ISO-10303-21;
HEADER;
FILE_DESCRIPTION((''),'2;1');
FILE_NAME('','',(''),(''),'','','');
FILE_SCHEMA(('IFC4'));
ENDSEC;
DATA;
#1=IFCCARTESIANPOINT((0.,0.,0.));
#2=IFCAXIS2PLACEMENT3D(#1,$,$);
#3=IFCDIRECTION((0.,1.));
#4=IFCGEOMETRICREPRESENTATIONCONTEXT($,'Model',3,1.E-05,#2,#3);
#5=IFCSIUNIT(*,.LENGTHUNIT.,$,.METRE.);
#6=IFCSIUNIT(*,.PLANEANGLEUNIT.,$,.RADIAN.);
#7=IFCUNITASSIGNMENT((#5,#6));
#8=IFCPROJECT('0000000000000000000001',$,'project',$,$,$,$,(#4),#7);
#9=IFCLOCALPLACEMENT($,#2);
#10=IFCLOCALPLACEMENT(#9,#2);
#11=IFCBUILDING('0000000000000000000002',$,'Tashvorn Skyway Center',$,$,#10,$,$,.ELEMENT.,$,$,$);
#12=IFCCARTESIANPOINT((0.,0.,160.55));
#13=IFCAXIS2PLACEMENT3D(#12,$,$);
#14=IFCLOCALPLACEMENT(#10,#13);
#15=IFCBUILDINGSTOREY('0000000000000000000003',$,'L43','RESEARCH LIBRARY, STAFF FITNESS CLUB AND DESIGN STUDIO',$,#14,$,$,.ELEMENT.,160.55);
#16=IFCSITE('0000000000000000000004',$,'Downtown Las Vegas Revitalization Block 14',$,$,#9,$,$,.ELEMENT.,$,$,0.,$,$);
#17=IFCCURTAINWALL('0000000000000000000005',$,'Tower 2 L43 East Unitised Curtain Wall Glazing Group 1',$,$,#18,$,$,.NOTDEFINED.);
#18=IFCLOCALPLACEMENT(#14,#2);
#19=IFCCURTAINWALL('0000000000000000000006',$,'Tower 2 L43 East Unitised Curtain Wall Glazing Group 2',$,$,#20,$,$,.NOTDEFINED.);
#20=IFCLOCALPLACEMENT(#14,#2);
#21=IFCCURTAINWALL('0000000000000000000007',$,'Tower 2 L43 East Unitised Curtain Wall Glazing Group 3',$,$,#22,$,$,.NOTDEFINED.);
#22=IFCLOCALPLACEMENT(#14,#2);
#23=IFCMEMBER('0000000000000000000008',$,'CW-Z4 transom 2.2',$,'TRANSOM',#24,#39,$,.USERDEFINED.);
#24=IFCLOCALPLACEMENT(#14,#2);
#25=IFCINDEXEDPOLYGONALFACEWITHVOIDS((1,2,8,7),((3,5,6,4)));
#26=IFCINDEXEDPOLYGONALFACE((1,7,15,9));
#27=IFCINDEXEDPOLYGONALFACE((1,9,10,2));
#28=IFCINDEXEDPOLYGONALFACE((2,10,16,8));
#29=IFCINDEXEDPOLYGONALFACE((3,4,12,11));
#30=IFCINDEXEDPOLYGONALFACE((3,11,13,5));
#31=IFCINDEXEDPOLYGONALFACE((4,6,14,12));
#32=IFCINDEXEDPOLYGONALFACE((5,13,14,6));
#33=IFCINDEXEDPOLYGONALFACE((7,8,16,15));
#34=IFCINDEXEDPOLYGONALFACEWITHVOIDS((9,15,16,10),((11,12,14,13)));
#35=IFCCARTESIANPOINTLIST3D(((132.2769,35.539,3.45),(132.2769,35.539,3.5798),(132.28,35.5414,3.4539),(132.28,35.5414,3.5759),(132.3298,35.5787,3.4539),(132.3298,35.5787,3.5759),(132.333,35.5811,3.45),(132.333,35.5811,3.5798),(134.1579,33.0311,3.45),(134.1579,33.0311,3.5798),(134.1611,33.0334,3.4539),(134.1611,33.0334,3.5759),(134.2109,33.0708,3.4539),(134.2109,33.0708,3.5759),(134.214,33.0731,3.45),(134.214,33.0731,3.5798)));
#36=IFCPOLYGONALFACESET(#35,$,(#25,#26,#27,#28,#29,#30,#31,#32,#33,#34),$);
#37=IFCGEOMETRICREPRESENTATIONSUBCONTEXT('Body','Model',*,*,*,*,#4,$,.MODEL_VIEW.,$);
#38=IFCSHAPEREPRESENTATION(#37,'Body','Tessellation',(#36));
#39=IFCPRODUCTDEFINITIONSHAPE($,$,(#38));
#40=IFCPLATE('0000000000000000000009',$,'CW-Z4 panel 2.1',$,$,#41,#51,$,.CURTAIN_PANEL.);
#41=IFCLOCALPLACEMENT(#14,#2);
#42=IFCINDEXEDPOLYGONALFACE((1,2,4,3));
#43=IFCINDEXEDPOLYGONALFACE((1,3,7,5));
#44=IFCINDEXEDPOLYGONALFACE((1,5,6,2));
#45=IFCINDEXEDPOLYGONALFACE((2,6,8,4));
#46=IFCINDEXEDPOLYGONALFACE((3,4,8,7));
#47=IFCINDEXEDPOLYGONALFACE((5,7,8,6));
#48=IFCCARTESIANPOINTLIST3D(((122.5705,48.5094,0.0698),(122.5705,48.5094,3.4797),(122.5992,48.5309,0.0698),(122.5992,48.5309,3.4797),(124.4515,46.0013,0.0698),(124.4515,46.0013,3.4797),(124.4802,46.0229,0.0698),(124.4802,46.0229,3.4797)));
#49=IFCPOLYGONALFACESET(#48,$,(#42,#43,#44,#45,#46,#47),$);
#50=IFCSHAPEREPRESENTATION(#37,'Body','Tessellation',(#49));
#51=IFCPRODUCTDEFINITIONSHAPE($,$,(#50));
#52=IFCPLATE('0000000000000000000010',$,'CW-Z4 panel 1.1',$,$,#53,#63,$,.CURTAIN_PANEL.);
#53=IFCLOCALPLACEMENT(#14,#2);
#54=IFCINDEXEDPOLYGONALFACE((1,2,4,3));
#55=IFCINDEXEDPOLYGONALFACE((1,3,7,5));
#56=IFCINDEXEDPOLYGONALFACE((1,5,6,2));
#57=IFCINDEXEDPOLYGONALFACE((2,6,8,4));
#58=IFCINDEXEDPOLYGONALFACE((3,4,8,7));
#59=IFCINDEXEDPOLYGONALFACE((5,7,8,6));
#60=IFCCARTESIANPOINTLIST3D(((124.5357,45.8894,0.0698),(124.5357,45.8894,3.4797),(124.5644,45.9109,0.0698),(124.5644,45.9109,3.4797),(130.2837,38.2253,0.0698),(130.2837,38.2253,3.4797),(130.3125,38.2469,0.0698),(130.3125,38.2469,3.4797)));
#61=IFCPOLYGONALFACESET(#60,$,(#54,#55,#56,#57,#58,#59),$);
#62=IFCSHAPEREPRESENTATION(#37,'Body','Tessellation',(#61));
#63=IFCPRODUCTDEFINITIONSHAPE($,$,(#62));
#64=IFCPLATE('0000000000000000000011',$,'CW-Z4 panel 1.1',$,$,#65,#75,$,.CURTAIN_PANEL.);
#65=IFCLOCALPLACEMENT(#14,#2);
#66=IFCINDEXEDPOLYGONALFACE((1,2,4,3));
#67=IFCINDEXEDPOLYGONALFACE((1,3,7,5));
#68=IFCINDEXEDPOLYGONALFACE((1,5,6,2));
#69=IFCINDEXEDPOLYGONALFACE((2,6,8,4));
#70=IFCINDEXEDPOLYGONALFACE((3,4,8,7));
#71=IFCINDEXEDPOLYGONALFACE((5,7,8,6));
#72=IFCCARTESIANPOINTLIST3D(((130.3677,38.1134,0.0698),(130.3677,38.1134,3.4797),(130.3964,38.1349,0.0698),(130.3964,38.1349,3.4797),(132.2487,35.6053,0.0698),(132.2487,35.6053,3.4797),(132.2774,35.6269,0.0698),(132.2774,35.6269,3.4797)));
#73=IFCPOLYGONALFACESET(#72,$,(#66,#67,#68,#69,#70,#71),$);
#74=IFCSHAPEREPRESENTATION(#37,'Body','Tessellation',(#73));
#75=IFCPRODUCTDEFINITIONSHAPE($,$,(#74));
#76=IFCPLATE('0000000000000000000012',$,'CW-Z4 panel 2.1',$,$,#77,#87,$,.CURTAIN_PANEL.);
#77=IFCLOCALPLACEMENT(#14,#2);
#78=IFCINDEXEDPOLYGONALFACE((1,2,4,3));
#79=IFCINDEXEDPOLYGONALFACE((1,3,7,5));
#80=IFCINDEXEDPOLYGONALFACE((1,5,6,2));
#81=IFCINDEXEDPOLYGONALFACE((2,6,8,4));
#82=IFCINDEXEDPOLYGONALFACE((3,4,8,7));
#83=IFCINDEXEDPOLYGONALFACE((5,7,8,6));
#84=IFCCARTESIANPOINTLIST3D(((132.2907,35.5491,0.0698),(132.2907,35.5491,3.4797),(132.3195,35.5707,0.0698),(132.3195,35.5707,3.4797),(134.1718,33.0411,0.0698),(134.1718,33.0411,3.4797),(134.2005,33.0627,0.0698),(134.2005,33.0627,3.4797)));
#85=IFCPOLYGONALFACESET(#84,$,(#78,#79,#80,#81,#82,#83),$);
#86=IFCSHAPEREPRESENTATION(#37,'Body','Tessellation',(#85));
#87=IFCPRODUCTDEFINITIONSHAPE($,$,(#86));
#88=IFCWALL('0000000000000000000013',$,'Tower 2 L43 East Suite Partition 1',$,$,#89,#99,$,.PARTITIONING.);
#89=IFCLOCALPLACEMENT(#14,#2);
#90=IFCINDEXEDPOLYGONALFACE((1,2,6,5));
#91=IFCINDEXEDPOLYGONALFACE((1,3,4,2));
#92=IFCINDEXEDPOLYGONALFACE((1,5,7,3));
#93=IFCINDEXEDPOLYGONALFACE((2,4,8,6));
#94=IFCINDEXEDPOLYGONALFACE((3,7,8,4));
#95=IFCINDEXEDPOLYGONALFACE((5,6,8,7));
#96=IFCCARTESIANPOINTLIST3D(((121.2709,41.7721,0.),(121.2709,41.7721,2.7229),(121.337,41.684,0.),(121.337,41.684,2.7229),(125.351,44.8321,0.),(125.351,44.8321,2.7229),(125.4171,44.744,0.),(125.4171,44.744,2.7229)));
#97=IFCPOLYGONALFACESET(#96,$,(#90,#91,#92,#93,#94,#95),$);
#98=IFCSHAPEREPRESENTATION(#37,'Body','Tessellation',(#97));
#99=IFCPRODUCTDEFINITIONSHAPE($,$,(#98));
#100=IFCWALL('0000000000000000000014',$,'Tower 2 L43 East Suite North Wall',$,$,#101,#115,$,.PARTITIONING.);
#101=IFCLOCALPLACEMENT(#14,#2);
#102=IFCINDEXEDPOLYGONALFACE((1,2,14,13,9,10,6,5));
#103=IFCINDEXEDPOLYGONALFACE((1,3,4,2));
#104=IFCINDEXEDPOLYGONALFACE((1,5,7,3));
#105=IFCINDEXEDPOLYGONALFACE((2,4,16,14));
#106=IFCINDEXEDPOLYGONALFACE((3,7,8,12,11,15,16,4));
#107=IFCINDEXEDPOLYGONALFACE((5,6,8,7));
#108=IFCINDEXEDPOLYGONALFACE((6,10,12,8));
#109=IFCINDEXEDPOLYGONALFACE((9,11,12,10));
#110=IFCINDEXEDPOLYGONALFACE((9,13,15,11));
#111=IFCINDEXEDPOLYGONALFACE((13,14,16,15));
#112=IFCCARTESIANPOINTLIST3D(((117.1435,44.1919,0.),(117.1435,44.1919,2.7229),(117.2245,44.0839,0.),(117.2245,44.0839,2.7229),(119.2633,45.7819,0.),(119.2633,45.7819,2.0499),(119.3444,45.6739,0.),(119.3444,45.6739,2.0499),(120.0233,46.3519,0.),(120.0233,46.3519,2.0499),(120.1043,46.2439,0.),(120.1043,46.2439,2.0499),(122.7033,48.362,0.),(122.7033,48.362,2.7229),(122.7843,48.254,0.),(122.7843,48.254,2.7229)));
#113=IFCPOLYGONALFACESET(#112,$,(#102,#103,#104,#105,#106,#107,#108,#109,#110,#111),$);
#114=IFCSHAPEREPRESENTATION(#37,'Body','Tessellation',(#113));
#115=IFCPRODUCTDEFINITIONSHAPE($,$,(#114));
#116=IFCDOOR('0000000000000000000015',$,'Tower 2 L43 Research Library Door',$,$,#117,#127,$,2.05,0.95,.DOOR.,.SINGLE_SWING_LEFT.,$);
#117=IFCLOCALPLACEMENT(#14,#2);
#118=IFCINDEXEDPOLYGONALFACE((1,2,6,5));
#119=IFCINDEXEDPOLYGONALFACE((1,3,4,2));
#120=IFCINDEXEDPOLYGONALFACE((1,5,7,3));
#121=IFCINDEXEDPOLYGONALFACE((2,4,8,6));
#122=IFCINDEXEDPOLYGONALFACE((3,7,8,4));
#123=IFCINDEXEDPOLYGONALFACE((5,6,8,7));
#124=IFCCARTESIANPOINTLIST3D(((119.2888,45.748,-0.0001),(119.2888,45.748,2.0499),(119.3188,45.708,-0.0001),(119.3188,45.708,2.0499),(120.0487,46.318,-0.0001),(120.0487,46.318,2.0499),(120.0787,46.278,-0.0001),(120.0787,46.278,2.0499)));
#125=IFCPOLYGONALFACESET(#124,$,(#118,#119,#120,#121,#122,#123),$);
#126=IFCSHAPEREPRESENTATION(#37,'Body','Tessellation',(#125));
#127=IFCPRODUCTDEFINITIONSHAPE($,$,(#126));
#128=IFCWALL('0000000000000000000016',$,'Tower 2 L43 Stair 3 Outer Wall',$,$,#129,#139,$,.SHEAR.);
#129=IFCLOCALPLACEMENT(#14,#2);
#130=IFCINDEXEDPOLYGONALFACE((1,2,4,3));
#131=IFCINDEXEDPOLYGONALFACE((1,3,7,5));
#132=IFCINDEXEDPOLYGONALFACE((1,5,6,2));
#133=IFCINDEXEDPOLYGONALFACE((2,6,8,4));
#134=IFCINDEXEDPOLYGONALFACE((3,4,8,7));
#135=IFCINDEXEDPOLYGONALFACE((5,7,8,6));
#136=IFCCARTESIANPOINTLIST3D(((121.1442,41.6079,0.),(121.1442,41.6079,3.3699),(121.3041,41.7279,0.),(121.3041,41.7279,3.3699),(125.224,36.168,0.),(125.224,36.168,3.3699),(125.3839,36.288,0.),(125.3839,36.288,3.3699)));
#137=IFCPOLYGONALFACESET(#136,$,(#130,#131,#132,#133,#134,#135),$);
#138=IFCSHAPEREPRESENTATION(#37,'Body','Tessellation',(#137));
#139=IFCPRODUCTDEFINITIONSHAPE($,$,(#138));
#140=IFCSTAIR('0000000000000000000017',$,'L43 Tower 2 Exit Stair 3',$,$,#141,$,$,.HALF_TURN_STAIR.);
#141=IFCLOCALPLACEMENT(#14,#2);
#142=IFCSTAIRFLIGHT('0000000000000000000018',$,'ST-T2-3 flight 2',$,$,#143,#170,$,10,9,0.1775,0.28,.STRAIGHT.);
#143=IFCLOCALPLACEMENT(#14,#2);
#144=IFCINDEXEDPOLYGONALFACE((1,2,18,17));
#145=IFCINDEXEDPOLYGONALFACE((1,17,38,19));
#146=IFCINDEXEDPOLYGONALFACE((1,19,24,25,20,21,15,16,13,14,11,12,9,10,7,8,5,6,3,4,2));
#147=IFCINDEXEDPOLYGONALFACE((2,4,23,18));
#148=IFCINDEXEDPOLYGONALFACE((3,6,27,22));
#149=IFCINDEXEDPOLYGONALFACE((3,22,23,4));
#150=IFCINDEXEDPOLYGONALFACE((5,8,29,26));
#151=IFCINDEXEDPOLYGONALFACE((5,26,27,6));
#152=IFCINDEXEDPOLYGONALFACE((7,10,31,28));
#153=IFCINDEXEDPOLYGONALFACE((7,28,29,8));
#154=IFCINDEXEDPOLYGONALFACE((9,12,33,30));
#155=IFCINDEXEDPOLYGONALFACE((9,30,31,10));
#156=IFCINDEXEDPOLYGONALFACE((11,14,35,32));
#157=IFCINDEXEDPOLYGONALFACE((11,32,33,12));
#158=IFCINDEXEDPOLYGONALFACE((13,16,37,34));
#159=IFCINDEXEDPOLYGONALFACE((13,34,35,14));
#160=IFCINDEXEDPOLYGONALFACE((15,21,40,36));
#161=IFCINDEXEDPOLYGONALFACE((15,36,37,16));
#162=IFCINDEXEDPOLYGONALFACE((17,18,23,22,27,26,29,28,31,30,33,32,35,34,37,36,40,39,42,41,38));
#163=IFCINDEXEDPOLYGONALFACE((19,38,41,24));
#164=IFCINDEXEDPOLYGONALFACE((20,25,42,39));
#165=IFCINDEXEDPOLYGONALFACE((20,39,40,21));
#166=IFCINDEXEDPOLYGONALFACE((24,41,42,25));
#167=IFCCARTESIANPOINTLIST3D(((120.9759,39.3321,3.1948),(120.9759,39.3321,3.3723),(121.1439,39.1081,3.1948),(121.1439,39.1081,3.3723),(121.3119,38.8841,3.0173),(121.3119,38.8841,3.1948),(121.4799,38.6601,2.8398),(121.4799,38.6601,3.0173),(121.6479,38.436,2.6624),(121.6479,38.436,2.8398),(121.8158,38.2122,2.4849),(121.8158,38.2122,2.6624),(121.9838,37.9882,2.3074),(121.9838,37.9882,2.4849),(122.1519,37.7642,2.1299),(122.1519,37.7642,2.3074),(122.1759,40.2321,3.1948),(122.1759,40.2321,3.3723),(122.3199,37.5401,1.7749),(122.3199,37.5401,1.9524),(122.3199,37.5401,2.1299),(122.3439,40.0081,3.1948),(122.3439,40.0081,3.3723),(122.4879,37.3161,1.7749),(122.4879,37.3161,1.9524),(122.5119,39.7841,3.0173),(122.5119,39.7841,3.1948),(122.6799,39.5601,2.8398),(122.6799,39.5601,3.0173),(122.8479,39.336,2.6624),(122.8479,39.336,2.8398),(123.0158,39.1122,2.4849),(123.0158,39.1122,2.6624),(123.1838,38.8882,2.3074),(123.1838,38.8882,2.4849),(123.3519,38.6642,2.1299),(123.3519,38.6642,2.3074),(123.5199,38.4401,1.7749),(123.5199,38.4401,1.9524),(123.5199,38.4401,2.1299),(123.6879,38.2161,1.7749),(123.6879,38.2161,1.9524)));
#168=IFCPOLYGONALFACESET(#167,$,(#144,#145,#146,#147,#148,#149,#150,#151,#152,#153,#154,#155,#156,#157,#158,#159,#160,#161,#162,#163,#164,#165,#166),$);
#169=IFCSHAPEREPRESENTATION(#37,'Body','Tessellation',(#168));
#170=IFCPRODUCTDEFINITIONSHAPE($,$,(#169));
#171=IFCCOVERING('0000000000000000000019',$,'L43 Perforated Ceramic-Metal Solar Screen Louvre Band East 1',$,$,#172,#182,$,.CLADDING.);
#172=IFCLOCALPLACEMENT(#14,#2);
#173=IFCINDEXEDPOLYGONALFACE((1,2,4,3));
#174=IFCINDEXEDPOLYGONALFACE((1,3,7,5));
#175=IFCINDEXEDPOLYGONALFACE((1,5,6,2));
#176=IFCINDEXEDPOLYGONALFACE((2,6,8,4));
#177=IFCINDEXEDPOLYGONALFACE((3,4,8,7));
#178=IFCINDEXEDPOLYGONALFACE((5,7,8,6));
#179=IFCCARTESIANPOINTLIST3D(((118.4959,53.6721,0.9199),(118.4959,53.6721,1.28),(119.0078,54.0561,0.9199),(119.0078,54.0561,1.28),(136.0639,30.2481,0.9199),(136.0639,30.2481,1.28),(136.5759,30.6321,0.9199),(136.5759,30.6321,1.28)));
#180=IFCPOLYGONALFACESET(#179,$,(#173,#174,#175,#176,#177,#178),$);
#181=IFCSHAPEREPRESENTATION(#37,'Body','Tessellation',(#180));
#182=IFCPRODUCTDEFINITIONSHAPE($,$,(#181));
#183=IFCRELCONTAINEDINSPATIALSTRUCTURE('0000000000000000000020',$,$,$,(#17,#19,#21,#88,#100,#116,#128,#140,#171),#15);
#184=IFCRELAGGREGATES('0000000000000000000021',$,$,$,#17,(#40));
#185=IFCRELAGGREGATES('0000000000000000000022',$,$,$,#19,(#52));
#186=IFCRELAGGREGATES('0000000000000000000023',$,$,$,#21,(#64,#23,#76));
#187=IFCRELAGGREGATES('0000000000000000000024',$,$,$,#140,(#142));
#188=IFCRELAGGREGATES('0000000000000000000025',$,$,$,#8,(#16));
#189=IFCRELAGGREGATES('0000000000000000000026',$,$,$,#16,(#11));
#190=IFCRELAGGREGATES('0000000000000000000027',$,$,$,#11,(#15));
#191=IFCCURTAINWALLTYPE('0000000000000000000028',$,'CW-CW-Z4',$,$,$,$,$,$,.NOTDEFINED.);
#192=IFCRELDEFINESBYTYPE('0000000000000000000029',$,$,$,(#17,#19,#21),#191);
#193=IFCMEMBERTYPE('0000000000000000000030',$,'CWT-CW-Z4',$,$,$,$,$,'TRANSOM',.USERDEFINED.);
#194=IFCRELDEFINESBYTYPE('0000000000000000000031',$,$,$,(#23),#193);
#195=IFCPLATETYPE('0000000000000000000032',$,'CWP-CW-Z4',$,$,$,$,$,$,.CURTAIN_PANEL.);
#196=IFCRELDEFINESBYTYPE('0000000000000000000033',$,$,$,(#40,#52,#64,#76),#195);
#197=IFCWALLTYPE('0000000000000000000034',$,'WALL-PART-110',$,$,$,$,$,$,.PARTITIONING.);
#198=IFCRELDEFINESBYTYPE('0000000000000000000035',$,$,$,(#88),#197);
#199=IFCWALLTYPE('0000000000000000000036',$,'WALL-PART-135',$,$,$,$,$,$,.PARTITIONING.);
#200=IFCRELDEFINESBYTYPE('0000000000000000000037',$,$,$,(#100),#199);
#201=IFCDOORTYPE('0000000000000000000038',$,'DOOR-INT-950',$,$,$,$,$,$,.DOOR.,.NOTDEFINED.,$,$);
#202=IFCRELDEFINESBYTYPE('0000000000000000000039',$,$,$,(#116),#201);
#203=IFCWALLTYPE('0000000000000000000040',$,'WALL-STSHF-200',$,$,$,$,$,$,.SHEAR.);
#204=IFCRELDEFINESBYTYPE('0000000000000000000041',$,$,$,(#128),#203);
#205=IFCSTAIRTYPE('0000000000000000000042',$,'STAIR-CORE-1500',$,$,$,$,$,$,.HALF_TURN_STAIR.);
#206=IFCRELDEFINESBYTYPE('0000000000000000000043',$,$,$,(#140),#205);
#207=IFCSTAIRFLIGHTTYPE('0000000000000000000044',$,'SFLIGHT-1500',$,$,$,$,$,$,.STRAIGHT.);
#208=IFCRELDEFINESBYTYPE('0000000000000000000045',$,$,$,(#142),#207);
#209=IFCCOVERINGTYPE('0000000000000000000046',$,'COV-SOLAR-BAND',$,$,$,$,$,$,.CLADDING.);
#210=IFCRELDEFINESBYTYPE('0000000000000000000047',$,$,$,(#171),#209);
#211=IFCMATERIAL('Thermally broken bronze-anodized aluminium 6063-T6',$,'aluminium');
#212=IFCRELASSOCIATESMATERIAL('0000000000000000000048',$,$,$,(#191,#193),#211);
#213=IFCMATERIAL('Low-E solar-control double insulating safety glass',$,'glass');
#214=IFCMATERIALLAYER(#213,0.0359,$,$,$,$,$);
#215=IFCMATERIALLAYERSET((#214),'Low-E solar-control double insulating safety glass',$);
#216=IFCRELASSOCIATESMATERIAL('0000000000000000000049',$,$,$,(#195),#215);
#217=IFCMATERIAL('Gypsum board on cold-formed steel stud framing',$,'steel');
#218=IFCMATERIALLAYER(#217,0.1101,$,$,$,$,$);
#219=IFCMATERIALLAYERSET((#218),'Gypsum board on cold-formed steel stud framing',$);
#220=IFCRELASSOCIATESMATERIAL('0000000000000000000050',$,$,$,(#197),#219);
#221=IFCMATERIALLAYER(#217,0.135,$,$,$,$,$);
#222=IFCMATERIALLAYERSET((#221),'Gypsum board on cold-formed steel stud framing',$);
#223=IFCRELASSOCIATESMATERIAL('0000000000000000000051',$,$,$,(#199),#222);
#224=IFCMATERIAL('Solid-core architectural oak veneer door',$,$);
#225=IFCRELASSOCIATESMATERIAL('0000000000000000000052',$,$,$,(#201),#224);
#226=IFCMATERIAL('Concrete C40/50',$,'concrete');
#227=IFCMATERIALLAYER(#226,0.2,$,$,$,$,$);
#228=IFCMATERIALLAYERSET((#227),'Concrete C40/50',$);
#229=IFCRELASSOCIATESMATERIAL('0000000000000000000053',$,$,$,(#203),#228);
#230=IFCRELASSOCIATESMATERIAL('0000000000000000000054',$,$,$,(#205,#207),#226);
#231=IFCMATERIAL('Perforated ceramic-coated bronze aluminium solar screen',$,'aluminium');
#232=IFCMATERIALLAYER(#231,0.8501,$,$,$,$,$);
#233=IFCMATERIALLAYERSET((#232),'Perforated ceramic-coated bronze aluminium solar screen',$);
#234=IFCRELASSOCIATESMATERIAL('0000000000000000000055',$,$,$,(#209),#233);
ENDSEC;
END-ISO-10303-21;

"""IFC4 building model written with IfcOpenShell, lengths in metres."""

from ifc_helpers import new_model, si_unit, direction, frame, frame_2d, origin, origin_2d, place, context, subcontext, project, spatial, polyline, rectangle, hollow_rectangle, outline, extrude, material, layer, layer_set, material_profile, profile_set, type_object, element, fill, aggregate, save


model = new_model("IFC4")

# Units and contexts
model_context = context("Model", 3, precision=1e-05, world=origin(), true_north=direction((0.0, 1.0)))
body_context = subcontext(model_context, "Body", "Model", "MODEL_VIEW")
ifc_project = project(units=[si_unit("LENGTHUNIT", "METRE"), si_unit("PLANEANGLEUNIT", "RADIAN")], contexts=[model_context])

# Site, building, storey
site_placement = place(None, origin())
site = spatial("IfcSite", under=ifc_project, at=site_placement, Name="Downtown Las Vegas Revitalization Block 14", CompositionType="ELEMENT", RefElevation=0.0)
building_placement = place(site_placement, origin())
building = spatial("IfcBuilding", under=site, at=building_placement, Name="Tashvorn Skyway Center", CompositionType="ELEMENT")
storey_placement = place(building_placement, frame((0.0, 0.0, 160.55)))
storey = spatial("IfcBuildingStorey", under=building, at=storey_placement, Name="L43", Description="RESEARCH LIBRARY, STAFF FITNESS CLUB AND DESIGN STUDIO", CompositionType="ELEMENT", Elevation=160.55)

# Curtain walls
ifc_material_1 = material(Name="Thermally broken bronze-anodized aluminium 6063-T6", Category="aluminium")
curtain_wall_type = type_object("IfcCurtainWallType", Name="CW-CW-Z4", PredefinedType="NOTDEFINED", material=ifc_material_1)
curtain_wall_1_placement = place(storey_placement, origin())
curtain_wall_1 = element("IfcCurtainWall", 1, at=curtain_wall_1_placement, inside=storey, type_object=curtain_wall_type, Name="Tower 2 L43 East Unitised Curtain Wall Glazing Group 1", PredefinedType="NOTDEFINED")
curtain_wall_2_placement = place(storey_placement, origin())
curtain_wall_2 = element("IfcCurtainWall", 2, at=curtain_wall_2_placement, inside=storey, type_object=curtain_wall_type, Name="Tower 2 L43 East Unitised Curtain Wall Glazing Group 2", PredefinedType="NOTDEFINED")
curtain_wall_3_placement = place(storey_placement, origin())
curtain_wall_3 = element("IfcCurtainWall", 3, at=curtain_wall_3_placement, inside=storey, type_object=curtain_wall_type, Name="Tower 2 L43 East Unitised Curtain Wall Glazing Group 3", PredefinedType="NOTDEFINED")

# Member
ifc_material_profile_1 = material_profile(ifc_material_1, hollow_rectangle(XDim=0.0701, YDim=0.1299, WallThickness=0.0039, at=origin_2d()), Name="ALU-TRAN-70x130")
ifc_profile_set_1 = profile_set([ifc_material_profile_1], Name="Thermally broken bronze-anodized aluminium 6063-T6")
member_type_1 = type_object("IfcMemberType", Name="CWT-CW-Z4", ElementType="TRANSOM", PredefinedType="USERDEFINED", material=ifc_profile_set_1)
member_1_placement = place(storey_placement, frame((132.3049, 35.5601, 3.5149), z_axis=(0.600012, -0.799991, 0.0), x_axis=(0.799991, 0.600012, 0.0)))
member_1 = element("IfcMember", 4, at=member_1_placement, type_object=member_type_1, Name="CW-Z4 transom 2.2", ObjectType="TRANSOM", PredefinedType="USERDEFINED", context=body_context, shape_type="SweptSolid", body=[
    extrude(hollow_rectangle(XDim=0.0701, YDim=0.1299, WallThickness=0.0039, at=origin_2d()), origin(), (0.0, 0.0, 1.0), 3.135),
])

# Plates
ifc_material_2 = material(Name="Low-E solar-control double insulating safety glass", Category="glass")
ifc_layer_1 = layer(ifc_material_2, 0.0359)
ifc_layer_set_1 = layer_set([ifc_layer_1], Name="Low-E solar-control double insulating safety glass")
plate_type = type_object("IfcPlateType", Name="CWP-CW-Z4", PredefinedType="CURTAIN_PANEL", material=ifc_layer_set_1)
plate_1_placement = place(storey_placement, frame((123.5254, 47.2661, 0.0698), z_axis=(0.0, 0.0, 1.0), x_axis=(0.6, -0.8, 0.0)))
plate_1 = element("IfcPlate", 5, at=plate_1_placement, type_object=plate_type, Name="CW-Z4 panel 2.1", PredefinedType="CURTAIN_PANEL", context=body_context, shape_type="SweptSolid", body=[
    extrude(rectangle(XDim=3.135, YDim=0.0359, at=origin_2d()), origin(), (0.0, 0.0, 1.0), 3.4099),
])
aggregate(curtain_wall_1, [plate_1])
plate_2_placement = place(storey_placement, frame((127.4241, 42.0681, 0.0698), z_axis=(0.0, 0.0, 1.0), x_axis=(0.6, -0.8, 0.0)))
plate_2 = element("IfcPlate", 6, at=plate_2_placement, type_object=plate_type, Name="CW-Z4 panel 1.1", PredefinedType="CURTAIN_PANEL", context=body_context, shape_type="SweptSolid", body=[
    extrude(rectangle(XDim=9.5801, YDim=0.0359, at=origin_2d()), origin(), (0.0, 0.0, 1.0), 3.4099),
])
aggregate(curtain_wall_2, [plate_2])
plate_3_placement = place(storey_placement, frame((131.3225, 36.8701, 0.0698), z_axis=(0.0, 0.0, 1.0), x_axis=(0.6, -0.8, 0.0)))
plate_3 = element("IfcPlate", 7, at=plate_3_placement, type_object=plate_type, Name="CW-Z4 panel 1.1", PredefinedType="CURTAIN_PANEL", context=body_context, shape_type="SweptSolid", body=[
    extrude(rectangle(XDim=3.135, YDim=0.0359, at=origin_2d()), origin(), (0.0, 0.0, 1.0), 3.4099),
])
plate_4_placement = place(storey_placement, frame((133.2456, 34.3059, 0.0698), z_axis=(0.0, 0.0, 1.0), x_axis=(0.6, -0.8, 0.0)))
plate_4 = element("IfcPlate", 8, at=plate_4_placement, type_object=plate_type, Name="CW-Z4 panel 2.1", PredefinedType="CURTAIN_PANEL", context=body_context, shape_type="SweptSolid", body=[
    extrude(rectangle(XDim=3.135, YDim=0.0359, at=origin_2d()), origin(), (0.0, 0.0, 1.0), 3.4099),
])
aggregate(curtain_wall_3, [plate_3, member_1, plate_4])

# Wall
ifc_material_3 = material(Name="Gypsum board on cold-formed steel stud framing", Category="steel")
ifc_layer_2 = layer(ifc_material_3, 0.1101)
ifc_layer_set_2 = layer_set([ifc_layer_2], Name="Gypsum board on cold-formed steel stud framing")
wall_type_1 = type_object("IfcWallType", Name="WALL-PART-110", PredefinedType="PARTITIONING", material=ifc_layer_set_2)
wall_1_placement = place(storey_placement, frame((125.384, 44.7881, 0.0), z_axis=(0.0, 0.0, 1.0), x_axis=(-0.8, -0.6, 0.0)))
element("IfcWall", 9, at=wall_1_placement, inside=storey, type_object=wall_type_1, Name="Tower 2 L43 East Suite Partition 1", PredefinedType="PARTITIONING", context=body_context, shape_type="SweptSolid", body=[
    extrude(rectangle(XDim=5.1001, YDim=0.1101, at=frame_2d((2.55, 0.0))), origin(), (0.0, 0.0, 1.0), 2.7229),
])

# Wall, opening, door
ifc_layer_3 = layer(ifc_material_3, 0.135)
ifc_layer_set_3 = layer_set([ifc_layer_3], Name="Gypsum board on cold-formed steel stud framing")
wall_type_2 = type_object("IfcWallType", Name="WALL-PART-135", PredefinedType="PARTITIONING", material=ifc_layer_set_3)
wall_2_placement = place(storey_placement, frame((122.7439, 48.3081, 0.0), z_axis=(0.0, 0.0, 1.0), x_axis=(-0.799979, -0.600028, 0.0)))
wall_2 = element("IfcWall", 10, at=wall_2_placement, inside=storey, type_object=wall_type_2, Name="Tower 2 L43 East Suite North Wall", PredefinedType="PARTITIONING", context=body_context, shape_type="SweptSolid", body=[
    extrude(rectangle(XDim=6.95, YDim=0.135, at=frame_2d((3.4751, 0.0))), origin(), (0.0, 0.0, 1.0), 2.7229),
])
opening_placement = place(wall_2_placement, frame((3.3501, 0.0, 0.0)))
opening = element("IfcOpeningElement", 11, at=opening_placement, cuts=wall_2, PredefinedType="OPENING", context=body_context, shape_type="SweptSolid", body=[
    extrude(rectangle(XDim=0.95, YDim=2.05, at=frame_2d((0.4751, 1.0249))), frame((0.0, 0.0774, 0.0), z_axis=(0.0, -1.0, 0.0), x_axis=(1.0, 0.0, 0.0)), (0.0, 0.0, 1.0), 0.155),
])
ifc_material_4 = material(Name="Solid-core architectural oak veneer door")
door_type = type_object("IfcDoorType", Name="DOOR-INT-950", OperationType="NOTDEFINED", PredefinedType="DOOR", material=ifc_material_4)
door_placement = place(opening_placement, origin())
door = element("IfcDoor", 12, at=door_placement, inside=storey, type_object=door_type, Name="Tower 2 L43 Research Library Door", OperationType="SINGLE_SWING_LEFT", OverallHeight=2.05, OverallWidth=0.95, PredefinedType="DOOR", context=body_context, shape_type="SweptSolid", body=[
    extrude(rectangle(XDim=0.95, YDim=2.05, at=frame_2d((0.4751, 1.0249))), frame((0.0, 0.0249, 0.0), z_axis=(0.0, -1.0, 0.0), x_axis=(1.0, 0.0, 0.0)), (0.0, 0.0, 1.0), 0.05),
])
fill(opening, door)

# Wall
ifc_material_5 = material(Name="Concrete C40/50", Category="concrete")
ifc_layer_4 = layer(ifc_material_5, 0.2)
ifc_layer_set_4 = layer_set([ifc_layer_4], Name="Concrete C40/50")
wall_type_3 = type_object("IfcWallType", Name="WALL-STSHF-200", PredefinedType="SHEAR", material=ifc_layer_set_4)
wall_3_placement = place(storey_placement, frame((125.304, 36.228, 0.0), z_axis=(0.0, 0.0, 1.0), x_axis=(-0.599989, 0.800009, 0.0)))
element("IfcWall", 13, at=wall_3_placement, inside=storey, type_object=wall_type_3, Name="Tower 2 L43 Stair 3 Outer Wall", PredefinedType="SHEAR", context=body_context, shape_type="SweptSolid", body=[
    extrude(rectangle(XDim=6.7998, YDim=0.2, at=frame_2d((3.3999, 0.0))), origin(), (0.0, 0.0, 1.0), 3.3699),
])

# Stair, stair flight
stair_type = type_object("IfcStairType", Name="STAIR-CORE-1500", PredefinedType="HALF_TURN_STAIR", material=ifc_material_5)
stair_placement = place(storey_placement, origin())
stair = element("IfcStair", 14, at=stair_placement, inside=storey, type_object=stair_type, Name="L43 Tower 2 Exit Stair 3", PredefinedType="HALF_TURN_STAIR")
stair_flight_type = type_object("IfcStairFlightType", Name="SFLIGHT-1500", PredefinedType="STRAIGHT", material=ifc_material_5)
stair_flight_placement = place(storey_placement, frame((123.0879, 37.7661, 1.7749), z_axis=(0.0, 0.0, 1.0), x_axis=(-0.6, 0.8, 0.0)))
stair_flight = element("IfcStairFlight", 15, at=stair_flight_placement, type_object=stair_flight_type, Name="ST-T2-3 flight 2", NumberOfRisers=10, NumberOfTreads=9, PredefinedType="STRAIGHT", RiserHeight=0.1775, TreadLength=0.28, context=body_context, shape_type="SweptSolid", body=[
    extrude(outline(polyline([(0.0, 0.0), (0.0, 0.1775), (0.28, 0.1775), (0.28, 0.355), (0.5601, 0.355), (0.5601, 0.5325), (0.8401, 0.5325), (0.8401, 0.71), (1.1201, 0.71), (1.1201, 0.8875), (1.3999, 0.8875), (1.3999, 1.0649), (1.6799, 1.0649), (1.6799, 1.2424), (1.96, 1.2424), (1.96, 1.4199), (2.24, 1.4199), (2.24, 1.5974), (2.52, 1.5974), (2.52, 1.7749), (2.52, 1.4199), (0.28, 0.0), (0.0, 0.0)])), frame((0.0, 0.75, 0.0), z_axis=(0.0, -1.0, 0.0), x_axis=(1.0, 0.0, 0.0)), (0.0, 0.0, 1.0), 1.5),
])
aggregate(stair, [stair_flight])

# Covering
ifc_material_6 = material(Name="Perforated ceramic-coated bronze aluminium solar screen", Category="aluminium")
ifc_layer_5 = layer(ifc_material_6, 0.8501)
ifc_layer_set_5 = layer_set([ifc_layer_5], Name="Perforated ceramic-coated bronze aluminium solar screen")
covering_type = type_object("IfcCoveringType", Name="COV-SOLAR-BAND", PredefinedType="CLADDING", material=ifc_layer_set_5)
for number, where, z_axis, x_axis, name in (
    (16, (127.5359, 42.1521, 0.9199), (0.0, 0.0, 1.0), (0.6, -0.8, 0.0), "L43 Perforated Ceramic-Metal Solar Screen Louvre Band East 1"),
):
    element("IfcCovering", number, at=place(storey_placement, frame(where, z_axis=z_axis, x_axis=x_axis)), inside=storey, type_object=covering_type, Name=name, PredefinedType="CLADDING", context=body_context, shape_type="SweptSolid", body=[
        extrude(rectangle(XDim=29.28, YDim=0.6399, at=origin_2d()), origin(), (0.0, 0.0, 1.0), 0.3601),
    ])

save(model, "model.ifc")
